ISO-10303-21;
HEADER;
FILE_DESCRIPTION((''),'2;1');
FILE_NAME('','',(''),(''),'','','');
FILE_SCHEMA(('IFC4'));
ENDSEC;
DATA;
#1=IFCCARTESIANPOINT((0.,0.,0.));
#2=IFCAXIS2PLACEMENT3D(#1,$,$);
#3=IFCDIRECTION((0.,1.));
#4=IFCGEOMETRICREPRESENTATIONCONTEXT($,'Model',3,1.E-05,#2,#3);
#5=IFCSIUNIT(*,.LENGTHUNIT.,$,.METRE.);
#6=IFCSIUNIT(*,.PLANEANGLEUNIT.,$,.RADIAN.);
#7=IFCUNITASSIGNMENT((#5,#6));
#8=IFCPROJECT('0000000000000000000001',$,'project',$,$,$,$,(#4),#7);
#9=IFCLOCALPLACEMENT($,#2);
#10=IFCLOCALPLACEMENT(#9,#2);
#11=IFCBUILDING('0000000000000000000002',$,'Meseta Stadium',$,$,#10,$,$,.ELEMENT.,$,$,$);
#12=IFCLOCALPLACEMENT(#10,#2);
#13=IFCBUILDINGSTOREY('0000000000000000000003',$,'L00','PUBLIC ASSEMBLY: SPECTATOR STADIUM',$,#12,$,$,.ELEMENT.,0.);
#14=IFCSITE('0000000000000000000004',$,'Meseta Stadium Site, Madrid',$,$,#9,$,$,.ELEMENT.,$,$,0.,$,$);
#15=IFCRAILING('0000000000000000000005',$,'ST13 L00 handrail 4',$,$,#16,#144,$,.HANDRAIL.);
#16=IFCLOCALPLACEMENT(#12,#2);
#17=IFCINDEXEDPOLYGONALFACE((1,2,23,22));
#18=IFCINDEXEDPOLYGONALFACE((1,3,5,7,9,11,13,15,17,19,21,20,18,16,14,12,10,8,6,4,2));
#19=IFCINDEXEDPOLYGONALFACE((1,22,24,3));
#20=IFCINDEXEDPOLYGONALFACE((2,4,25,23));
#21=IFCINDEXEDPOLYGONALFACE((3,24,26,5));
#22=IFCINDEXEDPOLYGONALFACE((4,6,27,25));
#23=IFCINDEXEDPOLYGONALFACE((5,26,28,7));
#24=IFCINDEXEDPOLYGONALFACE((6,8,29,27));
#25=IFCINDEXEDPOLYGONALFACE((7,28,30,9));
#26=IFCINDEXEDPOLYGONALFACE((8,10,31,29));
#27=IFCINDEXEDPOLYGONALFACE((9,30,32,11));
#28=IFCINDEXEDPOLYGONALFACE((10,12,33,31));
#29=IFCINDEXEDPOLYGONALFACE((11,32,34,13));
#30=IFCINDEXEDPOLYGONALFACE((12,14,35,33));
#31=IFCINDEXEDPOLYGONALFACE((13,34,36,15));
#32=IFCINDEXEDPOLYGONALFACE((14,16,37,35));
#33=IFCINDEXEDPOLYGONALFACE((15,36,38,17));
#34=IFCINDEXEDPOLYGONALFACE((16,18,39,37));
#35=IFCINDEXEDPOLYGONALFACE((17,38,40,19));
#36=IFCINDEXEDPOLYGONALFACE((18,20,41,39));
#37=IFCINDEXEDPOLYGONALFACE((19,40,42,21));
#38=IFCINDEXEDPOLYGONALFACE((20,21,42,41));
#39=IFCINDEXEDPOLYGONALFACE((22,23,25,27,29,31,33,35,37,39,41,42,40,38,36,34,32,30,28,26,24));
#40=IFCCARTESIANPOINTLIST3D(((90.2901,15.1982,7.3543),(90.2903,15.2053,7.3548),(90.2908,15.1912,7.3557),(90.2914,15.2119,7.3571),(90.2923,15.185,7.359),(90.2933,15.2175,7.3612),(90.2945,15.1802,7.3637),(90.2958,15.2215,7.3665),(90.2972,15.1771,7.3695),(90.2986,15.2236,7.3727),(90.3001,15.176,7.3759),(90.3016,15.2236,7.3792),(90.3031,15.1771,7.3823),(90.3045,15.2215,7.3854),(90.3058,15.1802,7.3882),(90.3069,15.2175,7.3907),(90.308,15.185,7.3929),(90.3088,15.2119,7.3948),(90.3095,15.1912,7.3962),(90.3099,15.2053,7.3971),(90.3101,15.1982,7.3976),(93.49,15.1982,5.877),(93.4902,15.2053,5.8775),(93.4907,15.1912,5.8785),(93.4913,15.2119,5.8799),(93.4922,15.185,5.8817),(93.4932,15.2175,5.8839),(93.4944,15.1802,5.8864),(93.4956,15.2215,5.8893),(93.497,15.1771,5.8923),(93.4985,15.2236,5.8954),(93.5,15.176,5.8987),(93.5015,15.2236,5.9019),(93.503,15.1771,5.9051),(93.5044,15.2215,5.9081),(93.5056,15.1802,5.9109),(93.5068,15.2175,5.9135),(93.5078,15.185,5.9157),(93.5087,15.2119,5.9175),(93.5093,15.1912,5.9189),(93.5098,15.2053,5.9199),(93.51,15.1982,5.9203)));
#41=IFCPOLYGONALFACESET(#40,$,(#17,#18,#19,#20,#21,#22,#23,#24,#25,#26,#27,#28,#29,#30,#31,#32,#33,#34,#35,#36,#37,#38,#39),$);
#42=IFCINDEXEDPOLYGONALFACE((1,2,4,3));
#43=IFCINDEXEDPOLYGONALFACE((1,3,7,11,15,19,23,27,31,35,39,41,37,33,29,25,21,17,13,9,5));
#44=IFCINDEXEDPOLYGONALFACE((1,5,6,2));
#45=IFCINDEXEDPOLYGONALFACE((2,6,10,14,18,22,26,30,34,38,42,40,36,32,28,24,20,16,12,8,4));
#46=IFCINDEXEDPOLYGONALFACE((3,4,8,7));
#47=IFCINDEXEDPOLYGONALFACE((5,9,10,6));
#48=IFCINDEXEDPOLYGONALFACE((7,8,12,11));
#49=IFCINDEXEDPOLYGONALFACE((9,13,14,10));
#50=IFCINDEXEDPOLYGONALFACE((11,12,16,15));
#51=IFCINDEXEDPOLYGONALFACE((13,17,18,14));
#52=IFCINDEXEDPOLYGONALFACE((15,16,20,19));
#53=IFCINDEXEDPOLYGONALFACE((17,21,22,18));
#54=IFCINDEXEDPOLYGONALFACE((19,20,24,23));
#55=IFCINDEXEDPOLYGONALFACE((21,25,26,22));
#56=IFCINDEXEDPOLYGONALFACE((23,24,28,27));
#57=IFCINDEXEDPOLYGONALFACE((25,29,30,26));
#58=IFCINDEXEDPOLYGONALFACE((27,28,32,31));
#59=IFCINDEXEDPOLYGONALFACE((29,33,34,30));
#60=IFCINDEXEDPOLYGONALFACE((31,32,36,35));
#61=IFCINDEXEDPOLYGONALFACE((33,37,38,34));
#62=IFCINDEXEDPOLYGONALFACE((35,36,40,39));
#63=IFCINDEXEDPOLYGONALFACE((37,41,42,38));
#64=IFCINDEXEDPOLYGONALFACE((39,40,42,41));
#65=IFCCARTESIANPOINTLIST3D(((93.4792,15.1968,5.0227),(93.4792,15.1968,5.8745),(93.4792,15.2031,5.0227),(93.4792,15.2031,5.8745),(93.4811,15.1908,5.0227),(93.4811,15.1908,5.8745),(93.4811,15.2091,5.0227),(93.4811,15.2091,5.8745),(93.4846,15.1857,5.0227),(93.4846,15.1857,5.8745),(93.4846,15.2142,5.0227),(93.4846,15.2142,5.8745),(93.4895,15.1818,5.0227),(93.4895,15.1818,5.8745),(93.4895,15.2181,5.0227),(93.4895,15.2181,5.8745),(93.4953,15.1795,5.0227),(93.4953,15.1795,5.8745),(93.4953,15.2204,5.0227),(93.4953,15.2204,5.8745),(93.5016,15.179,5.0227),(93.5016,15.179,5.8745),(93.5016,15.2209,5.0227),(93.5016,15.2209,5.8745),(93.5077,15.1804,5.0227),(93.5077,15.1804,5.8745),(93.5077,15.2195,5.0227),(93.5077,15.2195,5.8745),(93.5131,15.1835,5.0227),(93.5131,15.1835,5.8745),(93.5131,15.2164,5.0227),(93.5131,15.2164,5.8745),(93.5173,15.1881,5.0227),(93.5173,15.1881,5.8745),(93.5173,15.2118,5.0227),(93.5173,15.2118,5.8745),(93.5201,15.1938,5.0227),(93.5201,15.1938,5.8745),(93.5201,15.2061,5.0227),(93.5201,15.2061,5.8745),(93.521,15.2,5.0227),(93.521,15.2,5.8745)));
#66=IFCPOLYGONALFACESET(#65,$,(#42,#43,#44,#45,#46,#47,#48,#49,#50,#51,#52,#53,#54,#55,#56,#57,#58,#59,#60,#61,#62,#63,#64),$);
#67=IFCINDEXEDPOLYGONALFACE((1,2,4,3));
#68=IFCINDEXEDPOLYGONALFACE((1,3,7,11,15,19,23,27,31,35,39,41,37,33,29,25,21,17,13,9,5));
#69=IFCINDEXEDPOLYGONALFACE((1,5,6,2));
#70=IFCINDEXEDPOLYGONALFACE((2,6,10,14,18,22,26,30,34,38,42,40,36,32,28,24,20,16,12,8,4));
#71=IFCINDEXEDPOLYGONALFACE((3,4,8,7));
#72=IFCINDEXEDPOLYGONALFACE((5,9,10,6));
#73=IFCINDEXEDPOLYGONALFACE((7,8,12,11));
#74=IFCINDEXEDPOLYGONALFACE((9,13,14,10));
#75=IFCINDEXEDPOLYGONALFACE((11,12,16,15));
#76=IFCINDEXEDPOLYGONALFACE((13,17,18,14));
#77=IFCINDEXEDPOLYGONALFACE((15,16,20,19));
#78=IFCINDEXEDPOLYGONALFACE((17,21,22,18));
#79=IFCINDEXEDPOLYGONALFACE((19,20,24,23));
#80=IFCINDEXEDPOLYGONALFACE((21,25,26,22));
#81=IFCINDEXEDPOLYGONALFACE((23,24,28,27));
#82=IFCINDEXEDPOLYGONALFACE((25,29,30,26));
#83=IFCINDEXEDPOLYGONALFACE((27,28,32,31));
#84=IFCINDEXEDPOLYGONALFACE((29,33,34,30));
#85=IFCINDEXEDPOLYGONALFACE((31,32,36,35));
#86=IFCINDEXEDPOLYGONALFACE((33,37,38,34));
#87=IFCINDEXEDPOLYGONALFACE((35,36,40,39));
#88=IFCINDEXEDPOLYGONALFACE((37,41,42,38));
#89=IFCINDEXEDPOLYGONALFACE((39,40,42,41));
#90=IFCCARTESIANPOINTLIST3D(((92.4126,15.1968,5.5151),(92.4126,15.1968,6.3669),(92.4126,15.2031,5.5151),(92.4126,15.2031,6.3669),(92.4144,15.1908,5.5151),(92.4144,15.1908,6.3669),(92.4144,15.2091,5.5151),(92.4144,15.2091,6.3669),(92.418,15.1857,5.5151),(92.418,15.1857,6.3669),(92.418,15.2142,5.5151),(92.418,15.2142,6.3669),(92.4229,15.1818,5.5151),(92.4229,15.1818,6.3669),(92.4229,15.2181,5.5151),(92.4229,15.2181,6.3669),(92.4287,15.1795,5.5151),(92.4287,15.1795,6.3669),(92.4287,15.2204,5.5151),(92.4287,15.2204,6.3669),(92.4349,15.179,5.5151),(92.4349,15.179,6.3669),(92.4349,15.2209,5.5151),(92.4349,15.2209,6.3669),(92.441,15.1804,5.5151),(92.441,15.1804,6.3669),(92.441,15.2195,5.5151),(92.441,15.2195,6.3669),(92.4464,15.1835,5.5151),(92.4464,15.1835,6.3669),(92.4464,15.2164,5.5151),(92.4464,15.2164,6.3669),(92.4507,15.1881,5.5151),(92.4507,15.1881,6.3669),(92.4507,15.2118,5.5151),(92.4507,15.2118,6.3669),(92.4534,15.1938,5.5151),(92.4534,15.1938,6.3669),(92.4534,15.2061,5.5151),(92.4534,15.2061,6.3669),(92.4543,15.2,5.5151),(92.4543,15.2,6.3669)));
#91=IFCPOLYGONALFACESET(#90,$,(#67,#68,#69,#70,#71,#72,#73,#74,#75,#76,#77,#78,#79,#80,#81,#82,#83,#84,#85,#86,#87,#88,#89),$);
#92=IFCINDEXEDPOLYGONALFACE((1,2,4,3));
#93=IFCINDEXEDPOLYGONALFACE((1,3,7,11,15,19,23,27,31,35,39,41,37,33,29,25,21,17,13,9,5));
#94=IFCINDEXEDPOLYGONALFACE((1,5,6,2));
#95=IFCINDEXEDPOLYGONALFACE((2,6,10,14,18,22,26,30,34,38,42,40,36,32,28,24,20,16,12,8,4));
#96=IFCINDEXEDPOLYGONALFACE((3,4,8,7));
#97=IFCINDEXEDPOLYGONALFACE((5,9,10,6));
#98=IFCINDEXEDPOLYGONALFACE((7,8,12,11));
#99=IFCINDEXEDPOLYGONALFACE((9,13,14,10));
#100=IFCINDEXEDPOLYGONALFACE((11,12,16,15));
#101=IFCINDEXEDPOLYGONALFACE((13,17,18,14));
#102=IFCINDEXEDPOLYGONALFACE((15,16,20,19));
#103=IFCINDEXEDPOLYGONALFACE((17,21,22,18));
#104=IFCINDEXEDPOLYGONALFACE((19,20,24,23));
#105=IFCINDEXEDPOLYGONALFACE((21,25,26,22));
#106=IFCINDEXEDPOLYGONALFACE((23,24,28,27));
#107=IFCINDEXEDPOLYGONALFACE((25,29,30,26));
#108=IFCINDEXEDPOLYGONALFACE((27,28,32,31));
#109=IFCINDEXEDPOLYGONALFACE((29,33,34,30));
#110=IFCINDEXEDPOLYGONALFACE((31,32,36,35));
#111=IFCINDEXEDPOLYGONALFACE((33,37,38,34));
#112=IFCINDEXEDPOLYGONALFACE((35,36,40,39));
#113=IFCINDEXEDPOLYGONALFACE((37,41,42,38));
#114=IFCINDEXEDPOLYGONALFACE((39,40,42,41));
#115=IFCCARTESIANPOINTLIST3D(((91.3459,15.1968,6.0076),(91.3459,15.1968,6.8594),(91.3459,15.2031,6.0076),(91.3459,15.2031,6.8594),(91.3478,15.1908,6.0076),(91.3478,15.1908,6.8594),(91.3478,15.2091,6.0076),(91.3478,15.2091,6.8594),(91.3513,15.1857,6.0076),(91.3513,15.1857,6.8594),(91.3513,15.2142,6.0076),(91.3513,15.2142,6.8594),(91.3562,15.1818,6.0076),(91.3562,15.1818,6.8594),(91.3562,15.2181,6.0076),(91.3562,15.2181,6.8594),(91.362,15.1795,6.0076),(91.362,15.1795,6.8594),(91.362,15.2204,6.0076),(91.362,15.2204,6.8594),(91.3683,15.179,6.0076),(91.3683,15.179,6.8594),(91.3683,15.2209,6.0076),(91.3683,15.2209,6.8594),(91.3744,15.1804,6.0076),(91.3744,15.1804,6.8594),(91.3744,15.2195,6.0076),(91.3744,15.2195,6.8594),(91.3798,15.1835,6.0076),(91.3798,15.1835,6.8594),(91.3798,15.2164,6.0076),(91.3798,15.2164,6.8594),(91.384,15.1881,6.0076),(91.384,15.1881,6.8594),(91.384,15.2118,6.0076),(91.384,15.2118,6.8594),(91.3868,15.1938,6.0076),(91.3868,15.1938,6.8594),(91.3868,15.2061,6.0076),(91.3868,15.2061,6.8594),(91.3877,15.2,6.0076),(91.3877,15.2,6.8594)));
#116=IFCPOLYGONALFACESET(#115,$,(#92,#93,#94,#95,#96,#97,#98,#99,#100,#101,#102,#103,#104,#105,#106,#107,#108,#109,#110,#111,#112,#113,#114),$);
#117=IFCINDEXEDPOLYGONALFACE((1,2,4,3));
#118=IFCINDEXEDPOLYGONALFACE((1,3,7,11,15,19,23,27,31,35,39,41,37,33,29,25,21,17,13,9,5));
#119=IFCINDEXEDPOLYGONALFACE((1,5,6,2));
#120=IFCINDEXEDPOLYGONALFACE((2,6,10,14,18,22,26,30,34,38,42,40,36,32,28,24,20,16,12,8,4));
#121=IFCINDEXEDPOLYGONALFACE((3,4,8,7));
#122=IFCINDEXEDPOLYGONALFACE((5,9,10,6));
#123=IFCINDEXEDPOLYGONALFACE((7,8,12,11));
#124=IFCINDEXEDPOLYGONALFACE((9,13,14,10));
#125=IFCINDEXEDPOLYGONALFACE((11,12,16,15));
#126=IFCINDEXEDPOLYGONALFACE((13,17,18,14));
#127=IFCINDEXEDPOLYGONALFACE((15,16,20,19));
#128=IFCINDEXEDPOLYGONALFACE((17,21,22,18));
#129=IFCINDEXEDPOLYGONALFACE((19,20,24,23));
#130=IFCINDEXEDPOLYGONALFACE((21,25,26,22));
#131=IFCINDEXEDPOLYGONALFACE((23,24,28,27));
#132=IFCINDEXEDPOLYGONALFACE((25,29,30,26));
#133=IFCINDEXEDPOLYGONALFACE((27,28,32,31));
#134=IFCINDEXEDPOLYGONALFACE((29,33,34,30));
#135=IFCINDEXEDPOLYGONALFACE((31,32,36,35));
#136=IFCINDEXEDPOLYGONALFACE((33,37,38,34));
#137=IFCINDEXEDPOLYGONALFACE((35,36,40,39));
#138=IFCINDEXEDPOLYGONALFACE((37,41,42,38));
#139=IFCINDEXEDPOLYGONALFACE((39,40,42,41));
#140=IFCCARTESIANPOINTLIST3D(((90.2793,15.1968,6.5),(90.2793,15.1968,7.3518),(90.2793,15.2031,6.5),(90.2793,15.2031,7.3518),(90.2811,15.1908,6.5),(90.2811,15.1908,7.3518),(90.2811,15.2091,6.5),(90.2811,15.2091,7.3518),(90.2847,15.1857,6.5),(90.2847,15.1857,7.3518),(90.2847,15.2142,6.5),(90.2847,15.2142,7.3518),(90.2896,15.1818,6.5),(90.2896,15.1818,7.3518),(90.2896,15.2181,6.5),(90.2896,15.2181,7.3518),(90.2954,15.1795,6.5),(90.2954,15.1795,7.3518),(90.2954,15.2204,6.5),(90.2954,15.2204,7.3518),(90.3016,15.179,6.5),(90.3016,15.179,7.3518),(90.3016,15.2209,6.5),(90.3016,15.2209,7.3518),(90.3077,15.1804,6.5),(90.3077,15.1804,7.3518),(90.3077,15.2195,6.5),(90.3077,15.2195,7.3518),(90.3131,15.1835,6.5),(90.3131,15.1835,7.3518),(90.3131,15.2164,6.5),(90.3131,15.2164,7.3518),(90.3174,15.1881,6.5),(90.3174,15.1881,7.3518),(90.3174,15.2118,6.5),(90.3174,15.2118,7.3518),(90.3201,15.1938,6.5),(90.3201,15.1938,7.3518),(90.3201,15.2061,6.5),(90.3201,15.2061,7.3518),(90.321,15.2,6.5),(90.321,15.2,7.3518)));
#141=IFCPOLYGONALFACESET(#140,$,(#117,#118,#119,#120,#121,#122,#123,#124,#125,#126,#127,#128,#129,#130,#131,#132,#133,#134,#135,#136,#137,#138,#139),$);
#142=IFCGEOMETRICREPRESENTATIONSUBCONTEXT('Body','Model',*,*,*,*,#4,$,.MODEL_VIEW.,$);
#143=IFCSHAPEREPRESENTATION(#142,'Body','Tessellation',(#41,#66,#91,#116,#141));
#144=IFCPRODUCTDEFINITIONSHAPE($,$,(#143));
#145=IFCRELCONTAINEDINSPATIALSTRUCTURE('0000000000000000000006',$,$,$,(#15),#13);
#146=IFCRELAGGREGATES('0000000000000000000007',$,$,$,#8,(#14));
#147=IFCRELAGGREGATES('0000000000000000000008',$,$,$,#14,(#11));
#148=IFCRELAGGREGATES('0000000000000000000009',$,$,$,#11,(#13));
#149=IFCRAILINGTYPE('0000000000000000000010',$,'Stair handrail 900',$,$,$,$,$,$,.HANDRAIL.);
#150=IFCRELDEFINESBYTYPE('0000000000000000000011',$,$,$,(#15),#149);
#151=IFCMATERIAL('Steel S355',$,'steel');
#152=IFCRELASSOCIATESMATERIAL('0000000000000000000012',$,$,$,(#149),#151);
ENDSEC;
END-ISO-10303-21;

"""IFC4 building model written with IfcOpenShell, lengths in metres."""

from ifc_helpers import new_model, si_unit, direction, frame, origin, origin_2d, place, context, subcontext, project, spatial, circle, extrude, material, type_object, element, save


model = new_model("IFC4")

# Units and contexts
model_context = context("Model", 3, precision=1e-05, world=origin(), true_north=direction((0.0, 1.0)))
body_context = subcontext(model_context, "Body", "Model", "MODEL_VIEW")
ifc_project = project(units=[si_unit("LENGTHUNIT", "METRE"), si_unit("PLANEANGLEUNIT", "RADIAN")], contexts=[model_context])

# Site, building, storey
site_placement = place(None, origin())
site = spatial("IfcSite", under=ifc_project, at=site_placement, Name="Meseta Stadium Site, Madrid", CompositionType="ELEMENT", RefElevation=0.0)
building_placement = place(site_placement, origin())
building = spatial("IfcBuilding", under=site, at=building_placement, Name="Meseta Stadium", CompositionType="ELEMENT")
storey_placement = place(building_placement, origin())
storey = spatial("IfcBuildingStorey", under=building, at=storey_placement, Name="L00", Description="PUBLIC ASSEMBLY: SPECTATOR STADIUM", CompositionType="ELEMENT", Elevation=0.0)

# Railing
ifc_material_1 = material(Name="Steel S355", Category="steel")
railing_type_1 = type_object("IfcRailingType", Name="Stair handrail 900", PredefinedType="HANDRAIL", material=ifc_material_1)
for number, where, name in (
    (1, (93.5, 15.2, 5.0227), "ST13 L00 handrail 4"),
):
    element("IfcRailing", number, at=place(storey_placement, frame(where)), inside=storey, type_object=railing_type_1, Name=name, PredefinedType="HANDRAIL", context=body_context, shape_type="SweptSolid", body=[
        extrude(circle(Radius=0.0239, at=origin_2d()), frame((0.0, 0.0, 0.876), z_axis=(-0.907917, 0.0, 0.41915), x_axis=(0.0, -1.0, 0.0)), (0.0, 0.0, 1.0), 3.5244),
        extrude(circle(Radius=0.021, at=origin_2d()), origin(), (0.0, 0.0, 1.0), 0.8518),
        extrude(circle(Radius=0.021, at=origin_2d()), frame((-1.0667, 0.0, 0.4924)), (0.0, 0.0, 1.0), 0.8518),
        extrude(circle(Radius=0.021, at=origin_2d()), frame((-2.1333, 0.0, 0.9849)), (0.0, 0.0, 1.0), 0.8518),
        extrude(circle(Radius=0.021, at=origin_2d()), frame((-3.2, 0.0, 1.4773)), (0.0, 0.0, 1.0), 0.8518),
    ])

save(model, "model.ifc")
